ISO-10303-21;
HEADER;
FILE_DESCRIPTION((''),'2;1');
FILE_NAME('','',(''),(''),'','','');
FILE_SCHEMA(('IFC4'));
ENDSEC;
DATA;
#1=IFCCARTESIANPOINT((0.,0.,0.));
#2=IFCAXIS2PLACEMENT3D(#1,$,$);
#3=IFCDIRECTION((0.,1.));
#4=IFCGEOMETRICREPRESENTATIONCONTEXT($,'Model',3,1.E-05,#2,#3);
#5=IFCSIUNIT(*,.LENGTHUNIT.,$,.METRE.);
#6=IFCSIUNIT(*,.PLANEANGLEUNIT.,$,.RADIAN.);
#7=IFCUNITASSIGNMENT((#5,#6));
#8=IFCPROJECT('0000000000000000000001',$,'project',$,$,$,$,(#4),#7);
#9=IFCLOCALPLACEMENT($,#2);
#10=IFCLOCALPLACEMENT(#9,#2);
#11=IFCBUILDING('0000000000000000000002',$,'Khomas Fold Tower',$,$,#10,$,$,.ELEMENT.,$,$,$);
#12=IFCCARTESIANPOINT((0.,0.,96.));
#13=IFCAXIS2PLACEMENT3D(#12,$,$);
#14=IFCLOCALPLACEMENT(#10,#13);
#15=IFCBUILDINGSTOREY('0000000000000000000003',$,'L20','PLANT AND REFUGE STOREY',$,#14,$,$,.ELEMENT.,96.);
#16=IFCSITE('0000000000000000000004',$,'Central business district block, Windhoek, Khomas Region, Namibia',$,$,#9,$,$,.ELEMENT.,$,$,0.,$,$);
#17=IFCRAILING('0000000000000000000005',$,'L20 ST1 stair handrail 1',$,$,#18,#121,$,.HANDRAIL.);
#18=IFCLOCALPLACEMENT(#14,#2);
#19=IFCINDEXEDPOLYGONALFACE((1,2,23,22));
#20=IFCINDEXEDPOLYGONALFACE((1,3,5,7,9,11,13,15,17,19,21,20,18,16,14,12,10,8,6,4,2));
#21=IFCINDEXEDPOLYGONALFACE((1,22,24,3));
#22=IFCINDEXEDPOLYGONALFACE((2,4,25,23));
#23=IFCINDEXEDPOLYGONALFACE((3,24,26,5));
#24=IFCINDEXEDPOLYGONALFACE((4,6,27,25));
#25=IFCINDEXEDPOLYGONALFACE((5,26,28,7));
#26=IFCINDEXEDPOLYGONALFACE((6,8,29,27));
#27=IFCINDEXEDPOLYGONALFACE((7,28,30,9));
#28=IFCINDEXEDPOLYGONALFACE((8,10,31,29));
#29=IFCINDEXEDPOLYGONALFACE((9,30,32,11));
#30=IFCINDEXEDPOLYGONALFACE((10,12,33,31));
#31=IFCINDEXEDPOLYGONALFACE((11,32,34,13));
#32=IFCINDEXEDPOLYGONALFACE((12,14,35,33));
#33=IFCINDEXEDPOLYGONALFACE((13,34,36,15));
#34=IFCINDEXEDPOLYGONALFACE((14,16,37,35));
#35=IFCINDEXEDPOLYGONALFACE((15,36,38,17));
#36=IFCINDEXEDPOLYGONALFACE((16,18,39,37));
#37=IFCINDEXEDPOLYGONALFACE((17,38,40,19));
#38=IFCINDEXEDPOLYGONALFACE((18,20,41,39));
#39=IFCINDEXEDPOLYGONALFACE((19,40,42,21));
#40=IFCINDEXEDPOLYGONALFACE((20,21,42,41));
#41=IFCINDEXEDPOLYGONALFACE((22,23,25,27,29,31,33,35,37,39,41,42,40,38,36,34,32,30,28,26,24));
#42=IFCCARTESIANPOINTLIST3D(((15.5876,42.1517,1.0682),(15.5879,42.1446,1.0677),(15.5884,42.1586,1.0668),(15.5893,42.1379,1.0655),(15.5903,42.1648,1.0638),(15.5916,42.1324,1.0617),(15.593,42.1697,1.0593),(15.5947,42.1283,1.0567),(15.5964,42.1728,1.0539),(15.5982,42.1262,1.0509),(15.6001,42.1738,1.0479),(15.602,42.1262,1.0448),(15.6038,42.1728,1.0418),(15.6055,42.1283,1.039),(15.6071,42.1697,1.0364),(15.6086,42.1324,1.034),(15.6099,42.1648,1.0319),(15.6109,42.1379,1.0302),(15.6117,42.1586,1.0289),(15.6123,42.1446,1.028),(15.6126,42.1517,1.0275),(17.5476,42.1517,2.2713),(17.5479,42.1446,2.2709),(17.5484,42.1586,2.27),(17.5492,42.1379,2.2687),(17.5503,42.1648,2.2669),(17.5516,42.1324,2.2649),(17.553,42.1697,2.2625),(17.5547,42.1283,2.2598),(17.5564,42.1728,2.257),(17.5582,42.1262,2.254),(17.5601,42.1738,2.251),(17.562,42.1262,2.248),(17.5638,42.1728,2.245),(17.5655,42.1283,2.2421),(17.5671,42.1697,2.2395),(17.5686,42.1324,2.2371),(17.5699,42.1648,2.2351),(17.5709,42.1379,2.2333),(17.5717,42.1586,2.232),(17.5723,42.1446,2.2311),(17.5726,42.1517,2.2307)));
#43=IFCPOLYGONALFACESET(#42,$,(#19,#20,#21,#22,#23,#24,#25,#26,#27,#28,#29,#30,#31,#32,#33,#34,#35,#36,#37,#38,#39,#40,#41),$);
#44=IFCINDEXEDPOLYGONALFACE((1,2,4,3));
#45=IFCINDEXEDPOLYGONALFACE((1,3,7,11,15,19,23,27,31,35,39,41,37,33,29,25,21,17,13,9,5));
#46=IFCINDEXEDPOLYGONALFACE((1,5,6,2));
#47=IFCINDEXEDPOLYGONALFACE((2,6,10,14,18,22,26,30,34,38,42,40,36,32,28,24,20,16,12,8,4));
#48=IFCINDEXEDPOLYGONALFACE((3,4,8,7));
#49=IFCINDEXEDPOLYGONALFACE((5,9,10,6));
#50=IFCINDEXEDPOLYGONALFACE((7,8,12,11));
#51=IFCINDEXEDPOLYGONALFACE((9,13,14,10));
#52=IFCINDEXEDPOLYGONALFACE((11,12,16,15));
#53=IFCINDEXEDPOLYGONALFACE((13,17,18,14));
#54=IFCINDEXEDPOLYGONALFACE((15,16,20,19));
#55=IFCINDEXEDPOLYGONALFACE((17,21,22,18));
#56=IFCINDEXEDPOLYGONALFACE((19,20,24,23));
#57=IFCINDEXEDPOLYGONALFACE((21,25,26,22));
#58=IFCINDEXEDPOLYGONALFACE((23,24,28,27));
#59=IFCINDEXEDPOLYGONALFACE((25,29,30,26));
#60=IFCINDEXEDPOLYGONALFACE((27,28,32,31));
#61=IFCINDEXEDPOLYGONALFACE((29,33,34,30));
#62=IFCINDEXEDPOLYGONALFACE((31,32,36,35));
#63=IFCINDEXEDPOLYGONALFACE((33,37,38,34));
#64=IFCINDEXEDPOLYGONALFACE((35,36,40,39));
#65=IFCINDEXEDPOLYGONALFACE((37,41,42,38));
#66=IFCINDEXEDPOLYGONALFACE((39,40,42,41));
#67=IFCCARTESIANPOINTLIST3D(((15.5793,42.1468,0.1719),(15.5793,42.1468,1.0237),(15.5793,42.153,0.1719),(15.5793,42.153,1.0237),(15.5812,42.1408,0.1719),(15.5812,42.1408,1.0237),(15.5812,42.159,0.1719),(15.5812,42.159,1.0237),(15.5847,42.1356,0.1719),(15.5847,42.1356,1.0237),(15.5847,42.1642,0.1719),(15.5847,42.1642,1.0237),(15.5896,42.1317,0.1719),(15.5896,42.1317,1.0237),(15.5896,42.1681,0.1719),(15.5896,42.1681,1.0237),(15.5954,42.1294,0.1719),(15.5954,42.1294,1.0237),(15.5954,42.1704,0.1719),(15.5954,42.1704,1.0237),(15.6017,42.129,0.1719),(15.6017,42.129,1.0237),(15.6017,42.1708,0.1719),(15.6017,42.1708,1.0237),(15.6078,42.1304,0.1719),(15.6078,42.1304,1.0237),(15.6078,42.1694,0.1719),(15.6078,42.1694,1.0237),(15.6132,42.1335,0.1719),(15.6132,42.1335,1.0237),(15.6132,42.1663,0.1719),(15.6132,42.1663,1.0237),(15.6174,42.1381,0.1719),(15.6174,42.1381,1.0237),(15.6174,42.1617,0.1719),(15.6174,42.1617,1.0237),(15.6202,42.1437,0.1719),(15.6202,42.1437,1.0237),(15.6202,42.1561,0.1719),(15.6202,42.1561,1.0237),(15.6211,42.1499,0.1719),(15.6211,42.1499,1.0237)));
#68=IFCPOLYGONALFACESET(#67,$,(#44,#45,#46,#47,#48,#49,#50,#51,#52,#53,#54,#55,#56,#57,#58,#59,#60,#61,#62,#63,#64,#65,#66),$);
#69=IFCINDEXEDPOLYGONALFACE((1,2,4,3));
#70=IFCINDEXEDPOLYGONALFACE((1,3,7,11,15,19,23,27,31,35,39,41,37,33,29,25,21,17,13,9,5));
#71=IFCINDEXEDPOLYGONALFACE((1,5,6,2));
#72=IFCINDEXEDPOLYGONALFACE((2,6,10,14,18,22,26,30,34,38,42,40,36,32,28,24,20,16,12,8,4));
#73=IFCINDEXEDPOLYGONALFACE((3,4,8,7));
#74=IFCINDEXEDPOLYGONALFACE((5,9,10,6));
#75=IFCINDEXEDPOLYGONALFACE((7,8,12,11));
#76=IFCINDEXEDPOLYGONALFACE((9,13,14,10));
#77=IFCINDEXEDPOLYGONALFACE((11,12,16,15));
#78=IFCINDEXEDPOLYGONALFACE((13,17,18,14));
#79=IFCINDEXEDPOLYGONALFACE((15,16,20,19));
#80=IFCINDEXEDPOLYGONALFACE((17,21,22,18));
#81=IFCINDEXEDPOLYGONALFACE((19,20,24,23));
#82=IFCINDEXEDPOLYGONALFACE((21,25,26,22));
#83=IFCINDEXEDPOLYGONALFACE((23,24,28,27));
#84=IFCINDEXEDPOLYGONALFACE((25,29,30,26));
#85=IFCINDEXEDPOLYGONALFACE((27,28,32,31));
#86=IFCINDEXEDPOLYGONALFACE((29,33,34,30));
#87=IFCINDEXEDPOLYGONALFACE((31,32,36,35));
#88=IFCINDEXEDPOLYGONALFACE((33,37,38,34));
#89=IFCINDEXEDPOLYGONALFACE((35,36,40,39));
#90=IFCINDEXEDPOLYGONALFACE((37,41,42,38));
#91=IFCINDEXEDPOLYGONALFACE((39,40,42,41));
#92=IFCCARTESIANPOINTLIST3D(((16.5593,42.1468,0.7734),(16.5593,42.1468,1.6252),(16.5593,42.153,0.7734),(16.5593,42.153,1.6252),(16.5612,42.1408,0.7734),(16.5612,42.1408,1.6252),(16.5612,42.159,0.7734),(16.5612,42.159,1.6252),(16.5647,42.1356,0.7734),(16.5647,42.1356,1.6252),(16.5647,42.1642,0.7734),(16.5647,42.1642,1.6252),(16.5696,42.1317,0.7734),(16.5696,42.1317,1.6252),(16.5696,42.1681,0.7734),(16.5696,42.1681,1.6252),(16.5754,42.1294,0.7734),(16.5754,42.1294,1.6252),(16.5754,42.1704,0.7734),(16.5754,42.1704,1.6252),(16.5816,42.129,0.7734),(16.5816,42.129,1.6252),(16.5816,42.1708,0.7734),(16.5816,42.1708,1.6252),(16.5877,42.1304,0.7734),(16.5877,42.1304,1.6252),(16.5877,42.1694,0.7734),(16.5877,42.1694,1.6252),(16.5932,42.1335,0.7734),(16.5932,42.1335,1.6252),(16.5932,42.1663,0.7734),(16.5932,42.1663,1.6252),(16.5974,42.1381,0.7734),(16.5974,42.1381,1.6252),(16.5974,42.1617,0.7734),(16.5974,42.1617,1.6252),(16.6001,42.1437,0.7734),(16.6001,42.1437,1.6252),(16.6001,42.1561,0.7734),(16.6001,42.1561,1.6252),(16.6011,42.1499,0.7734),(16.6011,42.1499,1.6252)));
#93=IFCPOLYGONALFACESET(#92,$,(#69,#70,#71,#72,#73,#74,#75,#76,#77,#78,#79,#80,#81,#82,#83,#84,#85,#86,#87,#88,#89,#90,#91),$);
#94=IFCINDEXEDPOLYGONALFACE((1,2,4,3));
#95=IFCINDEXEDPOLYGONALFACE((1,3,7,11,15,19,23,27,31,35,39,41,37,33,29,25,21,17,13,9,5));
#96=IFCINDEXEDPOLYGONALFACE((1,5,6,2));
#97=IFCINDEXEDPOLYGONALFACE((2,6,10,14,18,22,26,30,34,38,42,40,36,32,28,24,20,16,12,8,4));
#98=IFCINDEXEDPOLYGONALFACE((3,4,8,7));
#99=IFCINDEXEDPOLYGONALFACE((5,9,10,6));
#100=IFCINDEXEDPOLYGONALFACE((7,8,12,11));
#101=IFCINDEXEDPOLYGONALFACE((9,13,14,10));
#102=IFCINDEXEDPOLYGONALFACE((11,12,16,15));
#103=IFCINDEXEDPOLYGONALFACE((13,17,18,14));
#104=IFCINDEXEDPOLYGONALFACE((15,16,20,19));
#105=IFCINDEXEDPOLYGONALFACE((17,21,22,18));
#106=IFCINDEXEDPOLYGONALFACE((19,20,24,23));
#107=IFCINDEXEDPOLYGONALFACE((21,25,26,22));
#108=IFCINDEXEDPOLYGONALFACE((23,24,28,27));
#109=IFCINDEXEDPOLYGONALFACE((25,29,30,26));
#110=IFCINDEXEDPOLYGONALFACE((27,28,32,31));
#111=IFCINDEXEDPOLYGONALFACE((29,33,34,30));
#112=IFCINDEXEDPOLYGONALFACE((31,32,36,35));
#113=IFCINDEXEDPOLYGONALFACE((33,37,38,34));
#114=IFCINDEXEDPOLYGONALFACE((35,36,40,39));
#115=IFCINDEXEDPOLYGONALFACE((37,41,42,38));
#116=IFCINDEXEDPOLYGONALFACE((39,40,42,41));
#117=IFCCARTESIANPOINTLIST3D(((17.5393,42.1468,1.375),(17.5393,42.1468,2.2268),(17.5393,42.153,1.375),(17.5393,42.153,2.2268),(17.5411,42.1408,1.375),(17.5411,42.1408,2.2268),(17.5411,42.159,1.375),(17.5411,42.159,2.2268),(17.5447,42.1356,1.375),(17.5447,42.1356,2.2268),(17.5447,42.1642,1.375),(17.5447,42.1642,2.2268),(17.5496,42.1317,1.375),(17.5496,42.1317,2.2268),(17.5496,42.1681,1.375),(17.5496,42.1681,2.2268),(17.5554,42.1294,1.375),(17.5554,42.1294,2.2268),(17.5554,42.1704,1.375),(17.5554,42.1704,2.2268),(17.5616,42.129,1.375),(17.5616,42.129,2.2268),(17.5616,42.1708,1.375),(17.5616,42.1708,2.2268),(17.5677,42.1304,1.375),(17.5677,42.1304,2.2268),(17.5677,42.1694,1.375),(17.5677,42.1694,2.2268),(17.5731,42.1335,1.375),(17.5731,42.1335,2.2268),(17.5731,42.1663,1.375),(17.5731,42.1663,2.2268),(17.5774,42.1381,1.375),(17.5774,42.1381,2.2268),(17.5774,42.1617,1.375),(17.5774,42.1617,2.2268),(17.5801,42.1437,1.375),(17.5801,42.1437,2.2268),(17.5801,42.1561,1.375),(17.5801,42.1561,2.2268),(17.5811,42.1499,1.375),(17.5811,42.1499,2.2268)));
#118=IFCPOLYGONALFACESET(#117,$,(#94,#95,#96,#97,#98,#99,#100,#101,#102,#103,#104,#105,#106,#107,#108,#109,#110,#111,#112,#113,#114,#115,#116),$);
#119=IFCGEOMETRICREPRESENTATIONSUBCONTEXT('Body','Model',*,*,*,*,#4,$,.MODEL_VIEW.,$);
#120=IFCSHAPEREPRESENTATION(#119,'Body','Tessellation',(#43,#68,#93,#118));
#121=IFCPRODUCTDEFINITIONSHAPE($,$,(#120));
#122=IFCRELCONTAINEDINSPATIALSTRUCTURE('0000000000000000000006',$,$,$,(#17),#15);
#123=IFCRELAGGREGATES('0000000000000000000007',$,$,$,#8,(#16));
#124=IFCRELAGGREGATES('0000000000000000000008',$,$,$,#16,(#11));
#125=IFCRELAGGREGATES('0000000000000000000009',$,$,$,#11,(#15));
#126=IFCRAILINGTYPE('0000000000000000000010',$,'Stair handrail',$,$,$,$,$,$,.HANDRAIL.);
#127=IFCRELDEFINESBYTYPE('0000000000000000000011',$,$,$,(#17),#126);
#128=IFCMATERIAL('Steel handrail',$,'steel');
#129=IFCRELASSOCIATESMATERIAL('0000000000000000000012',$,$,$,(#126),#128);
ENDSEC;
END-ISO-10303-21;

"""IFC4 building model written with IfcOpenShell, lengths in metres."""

from ifc_helpers import new_model, si_unit, direction, frame, origin, origin_2d, place, context, subcontext, project, spatial, circle, extrude, source, transform, mapped, material, type_object, element, save


model = new_model("IFC4")

# Units and contexts
model_context = context("Model", 3, precision=1e-05, world=origin(), true_north=direction((0.0, 1.0)))
body_context = subcontext(model_context, "Body", "Model", "MODEL_VIEW")
ifc_project = project(units=[si_unit("LENGTHUNIT", "METRE"), si_unit("PLANEANGLEUNIT", "RADIAN")], contexts=[model_context])

# Site, building, storey
site_placement = place(None, origin())
site = spatial("IfcSite", under=ifc_project, at=site_placement, Name="Central business district block, Windhoek, Khomas Region, Namibia", CompositionType="ELEMENT", RefElevation=0.0)
building_placement = place(site_placement, origin())
building = spatial("IfcBuilding", under=site, at=building_placement, Name="Khomas Fold Tower", CompositionType="ELEMENT")
storey_placement = place(building_placement, frame((0.0, 0.0, 96.0)))
storey = spatial("IfcBuildingStorey", under=building, at=storey_placement, Name="L20", Description="PLANT AND REFUGE STOREY", CompositionType="ELEMENT", Elevation=96.0)

# Railing
ifc_material_1 = material(Name="Steel handrail", Category="steel")
railing_type_1 = type_object("IfcRailingType", Name="Stair handrail", PredefinedType="HANDRAIL", material=ifc_material_1)
shared_shape_1 = source(origin(), body_context, "Body", "SweptSolid", [
    extrude(circle(Radius=0.0239, at=origin_2d()), frame((0.0, 0.0, 0.876), z_axis=(0.852241, 0.0, 0.523149), x_axis=(0.0, 1.0, 0.0)), (0.0, 0.0, 1.0), 2.2998),
    extrude(circle(Radius=0.021, at=origin_2d()), origin(), (0.0, 0.0, 1.0), 0.8518),
    extrude(circle(Radius=0.021, at=origin_2d()), frame((0.98, 0.0, 0.6016)), (0.0, 0.0, 1.0), 0.8518),
    extrude(circle(Radius=0.021, at=origin_2d()), frame((1.96, 0.0, 1.2031)), (0.0, 0.0, 1.0), 0.8518),
])
railing_placement = place(storey_placement, frame((15.6001, 42.1499, 0.1719)))
element("IfcRailing", 1, at=railing_placement, inside=storey, type_object=railing_type_1, Name="L20 ST1 stair handrail 1", PredefinedType="HANDRAIL", context=body_context, shape_type="MappedRepresentation", body=[
    mapped(shared_shape_1, transform((0.0, 0.0, 0.0))),
])

save(model, "model.ifc")
